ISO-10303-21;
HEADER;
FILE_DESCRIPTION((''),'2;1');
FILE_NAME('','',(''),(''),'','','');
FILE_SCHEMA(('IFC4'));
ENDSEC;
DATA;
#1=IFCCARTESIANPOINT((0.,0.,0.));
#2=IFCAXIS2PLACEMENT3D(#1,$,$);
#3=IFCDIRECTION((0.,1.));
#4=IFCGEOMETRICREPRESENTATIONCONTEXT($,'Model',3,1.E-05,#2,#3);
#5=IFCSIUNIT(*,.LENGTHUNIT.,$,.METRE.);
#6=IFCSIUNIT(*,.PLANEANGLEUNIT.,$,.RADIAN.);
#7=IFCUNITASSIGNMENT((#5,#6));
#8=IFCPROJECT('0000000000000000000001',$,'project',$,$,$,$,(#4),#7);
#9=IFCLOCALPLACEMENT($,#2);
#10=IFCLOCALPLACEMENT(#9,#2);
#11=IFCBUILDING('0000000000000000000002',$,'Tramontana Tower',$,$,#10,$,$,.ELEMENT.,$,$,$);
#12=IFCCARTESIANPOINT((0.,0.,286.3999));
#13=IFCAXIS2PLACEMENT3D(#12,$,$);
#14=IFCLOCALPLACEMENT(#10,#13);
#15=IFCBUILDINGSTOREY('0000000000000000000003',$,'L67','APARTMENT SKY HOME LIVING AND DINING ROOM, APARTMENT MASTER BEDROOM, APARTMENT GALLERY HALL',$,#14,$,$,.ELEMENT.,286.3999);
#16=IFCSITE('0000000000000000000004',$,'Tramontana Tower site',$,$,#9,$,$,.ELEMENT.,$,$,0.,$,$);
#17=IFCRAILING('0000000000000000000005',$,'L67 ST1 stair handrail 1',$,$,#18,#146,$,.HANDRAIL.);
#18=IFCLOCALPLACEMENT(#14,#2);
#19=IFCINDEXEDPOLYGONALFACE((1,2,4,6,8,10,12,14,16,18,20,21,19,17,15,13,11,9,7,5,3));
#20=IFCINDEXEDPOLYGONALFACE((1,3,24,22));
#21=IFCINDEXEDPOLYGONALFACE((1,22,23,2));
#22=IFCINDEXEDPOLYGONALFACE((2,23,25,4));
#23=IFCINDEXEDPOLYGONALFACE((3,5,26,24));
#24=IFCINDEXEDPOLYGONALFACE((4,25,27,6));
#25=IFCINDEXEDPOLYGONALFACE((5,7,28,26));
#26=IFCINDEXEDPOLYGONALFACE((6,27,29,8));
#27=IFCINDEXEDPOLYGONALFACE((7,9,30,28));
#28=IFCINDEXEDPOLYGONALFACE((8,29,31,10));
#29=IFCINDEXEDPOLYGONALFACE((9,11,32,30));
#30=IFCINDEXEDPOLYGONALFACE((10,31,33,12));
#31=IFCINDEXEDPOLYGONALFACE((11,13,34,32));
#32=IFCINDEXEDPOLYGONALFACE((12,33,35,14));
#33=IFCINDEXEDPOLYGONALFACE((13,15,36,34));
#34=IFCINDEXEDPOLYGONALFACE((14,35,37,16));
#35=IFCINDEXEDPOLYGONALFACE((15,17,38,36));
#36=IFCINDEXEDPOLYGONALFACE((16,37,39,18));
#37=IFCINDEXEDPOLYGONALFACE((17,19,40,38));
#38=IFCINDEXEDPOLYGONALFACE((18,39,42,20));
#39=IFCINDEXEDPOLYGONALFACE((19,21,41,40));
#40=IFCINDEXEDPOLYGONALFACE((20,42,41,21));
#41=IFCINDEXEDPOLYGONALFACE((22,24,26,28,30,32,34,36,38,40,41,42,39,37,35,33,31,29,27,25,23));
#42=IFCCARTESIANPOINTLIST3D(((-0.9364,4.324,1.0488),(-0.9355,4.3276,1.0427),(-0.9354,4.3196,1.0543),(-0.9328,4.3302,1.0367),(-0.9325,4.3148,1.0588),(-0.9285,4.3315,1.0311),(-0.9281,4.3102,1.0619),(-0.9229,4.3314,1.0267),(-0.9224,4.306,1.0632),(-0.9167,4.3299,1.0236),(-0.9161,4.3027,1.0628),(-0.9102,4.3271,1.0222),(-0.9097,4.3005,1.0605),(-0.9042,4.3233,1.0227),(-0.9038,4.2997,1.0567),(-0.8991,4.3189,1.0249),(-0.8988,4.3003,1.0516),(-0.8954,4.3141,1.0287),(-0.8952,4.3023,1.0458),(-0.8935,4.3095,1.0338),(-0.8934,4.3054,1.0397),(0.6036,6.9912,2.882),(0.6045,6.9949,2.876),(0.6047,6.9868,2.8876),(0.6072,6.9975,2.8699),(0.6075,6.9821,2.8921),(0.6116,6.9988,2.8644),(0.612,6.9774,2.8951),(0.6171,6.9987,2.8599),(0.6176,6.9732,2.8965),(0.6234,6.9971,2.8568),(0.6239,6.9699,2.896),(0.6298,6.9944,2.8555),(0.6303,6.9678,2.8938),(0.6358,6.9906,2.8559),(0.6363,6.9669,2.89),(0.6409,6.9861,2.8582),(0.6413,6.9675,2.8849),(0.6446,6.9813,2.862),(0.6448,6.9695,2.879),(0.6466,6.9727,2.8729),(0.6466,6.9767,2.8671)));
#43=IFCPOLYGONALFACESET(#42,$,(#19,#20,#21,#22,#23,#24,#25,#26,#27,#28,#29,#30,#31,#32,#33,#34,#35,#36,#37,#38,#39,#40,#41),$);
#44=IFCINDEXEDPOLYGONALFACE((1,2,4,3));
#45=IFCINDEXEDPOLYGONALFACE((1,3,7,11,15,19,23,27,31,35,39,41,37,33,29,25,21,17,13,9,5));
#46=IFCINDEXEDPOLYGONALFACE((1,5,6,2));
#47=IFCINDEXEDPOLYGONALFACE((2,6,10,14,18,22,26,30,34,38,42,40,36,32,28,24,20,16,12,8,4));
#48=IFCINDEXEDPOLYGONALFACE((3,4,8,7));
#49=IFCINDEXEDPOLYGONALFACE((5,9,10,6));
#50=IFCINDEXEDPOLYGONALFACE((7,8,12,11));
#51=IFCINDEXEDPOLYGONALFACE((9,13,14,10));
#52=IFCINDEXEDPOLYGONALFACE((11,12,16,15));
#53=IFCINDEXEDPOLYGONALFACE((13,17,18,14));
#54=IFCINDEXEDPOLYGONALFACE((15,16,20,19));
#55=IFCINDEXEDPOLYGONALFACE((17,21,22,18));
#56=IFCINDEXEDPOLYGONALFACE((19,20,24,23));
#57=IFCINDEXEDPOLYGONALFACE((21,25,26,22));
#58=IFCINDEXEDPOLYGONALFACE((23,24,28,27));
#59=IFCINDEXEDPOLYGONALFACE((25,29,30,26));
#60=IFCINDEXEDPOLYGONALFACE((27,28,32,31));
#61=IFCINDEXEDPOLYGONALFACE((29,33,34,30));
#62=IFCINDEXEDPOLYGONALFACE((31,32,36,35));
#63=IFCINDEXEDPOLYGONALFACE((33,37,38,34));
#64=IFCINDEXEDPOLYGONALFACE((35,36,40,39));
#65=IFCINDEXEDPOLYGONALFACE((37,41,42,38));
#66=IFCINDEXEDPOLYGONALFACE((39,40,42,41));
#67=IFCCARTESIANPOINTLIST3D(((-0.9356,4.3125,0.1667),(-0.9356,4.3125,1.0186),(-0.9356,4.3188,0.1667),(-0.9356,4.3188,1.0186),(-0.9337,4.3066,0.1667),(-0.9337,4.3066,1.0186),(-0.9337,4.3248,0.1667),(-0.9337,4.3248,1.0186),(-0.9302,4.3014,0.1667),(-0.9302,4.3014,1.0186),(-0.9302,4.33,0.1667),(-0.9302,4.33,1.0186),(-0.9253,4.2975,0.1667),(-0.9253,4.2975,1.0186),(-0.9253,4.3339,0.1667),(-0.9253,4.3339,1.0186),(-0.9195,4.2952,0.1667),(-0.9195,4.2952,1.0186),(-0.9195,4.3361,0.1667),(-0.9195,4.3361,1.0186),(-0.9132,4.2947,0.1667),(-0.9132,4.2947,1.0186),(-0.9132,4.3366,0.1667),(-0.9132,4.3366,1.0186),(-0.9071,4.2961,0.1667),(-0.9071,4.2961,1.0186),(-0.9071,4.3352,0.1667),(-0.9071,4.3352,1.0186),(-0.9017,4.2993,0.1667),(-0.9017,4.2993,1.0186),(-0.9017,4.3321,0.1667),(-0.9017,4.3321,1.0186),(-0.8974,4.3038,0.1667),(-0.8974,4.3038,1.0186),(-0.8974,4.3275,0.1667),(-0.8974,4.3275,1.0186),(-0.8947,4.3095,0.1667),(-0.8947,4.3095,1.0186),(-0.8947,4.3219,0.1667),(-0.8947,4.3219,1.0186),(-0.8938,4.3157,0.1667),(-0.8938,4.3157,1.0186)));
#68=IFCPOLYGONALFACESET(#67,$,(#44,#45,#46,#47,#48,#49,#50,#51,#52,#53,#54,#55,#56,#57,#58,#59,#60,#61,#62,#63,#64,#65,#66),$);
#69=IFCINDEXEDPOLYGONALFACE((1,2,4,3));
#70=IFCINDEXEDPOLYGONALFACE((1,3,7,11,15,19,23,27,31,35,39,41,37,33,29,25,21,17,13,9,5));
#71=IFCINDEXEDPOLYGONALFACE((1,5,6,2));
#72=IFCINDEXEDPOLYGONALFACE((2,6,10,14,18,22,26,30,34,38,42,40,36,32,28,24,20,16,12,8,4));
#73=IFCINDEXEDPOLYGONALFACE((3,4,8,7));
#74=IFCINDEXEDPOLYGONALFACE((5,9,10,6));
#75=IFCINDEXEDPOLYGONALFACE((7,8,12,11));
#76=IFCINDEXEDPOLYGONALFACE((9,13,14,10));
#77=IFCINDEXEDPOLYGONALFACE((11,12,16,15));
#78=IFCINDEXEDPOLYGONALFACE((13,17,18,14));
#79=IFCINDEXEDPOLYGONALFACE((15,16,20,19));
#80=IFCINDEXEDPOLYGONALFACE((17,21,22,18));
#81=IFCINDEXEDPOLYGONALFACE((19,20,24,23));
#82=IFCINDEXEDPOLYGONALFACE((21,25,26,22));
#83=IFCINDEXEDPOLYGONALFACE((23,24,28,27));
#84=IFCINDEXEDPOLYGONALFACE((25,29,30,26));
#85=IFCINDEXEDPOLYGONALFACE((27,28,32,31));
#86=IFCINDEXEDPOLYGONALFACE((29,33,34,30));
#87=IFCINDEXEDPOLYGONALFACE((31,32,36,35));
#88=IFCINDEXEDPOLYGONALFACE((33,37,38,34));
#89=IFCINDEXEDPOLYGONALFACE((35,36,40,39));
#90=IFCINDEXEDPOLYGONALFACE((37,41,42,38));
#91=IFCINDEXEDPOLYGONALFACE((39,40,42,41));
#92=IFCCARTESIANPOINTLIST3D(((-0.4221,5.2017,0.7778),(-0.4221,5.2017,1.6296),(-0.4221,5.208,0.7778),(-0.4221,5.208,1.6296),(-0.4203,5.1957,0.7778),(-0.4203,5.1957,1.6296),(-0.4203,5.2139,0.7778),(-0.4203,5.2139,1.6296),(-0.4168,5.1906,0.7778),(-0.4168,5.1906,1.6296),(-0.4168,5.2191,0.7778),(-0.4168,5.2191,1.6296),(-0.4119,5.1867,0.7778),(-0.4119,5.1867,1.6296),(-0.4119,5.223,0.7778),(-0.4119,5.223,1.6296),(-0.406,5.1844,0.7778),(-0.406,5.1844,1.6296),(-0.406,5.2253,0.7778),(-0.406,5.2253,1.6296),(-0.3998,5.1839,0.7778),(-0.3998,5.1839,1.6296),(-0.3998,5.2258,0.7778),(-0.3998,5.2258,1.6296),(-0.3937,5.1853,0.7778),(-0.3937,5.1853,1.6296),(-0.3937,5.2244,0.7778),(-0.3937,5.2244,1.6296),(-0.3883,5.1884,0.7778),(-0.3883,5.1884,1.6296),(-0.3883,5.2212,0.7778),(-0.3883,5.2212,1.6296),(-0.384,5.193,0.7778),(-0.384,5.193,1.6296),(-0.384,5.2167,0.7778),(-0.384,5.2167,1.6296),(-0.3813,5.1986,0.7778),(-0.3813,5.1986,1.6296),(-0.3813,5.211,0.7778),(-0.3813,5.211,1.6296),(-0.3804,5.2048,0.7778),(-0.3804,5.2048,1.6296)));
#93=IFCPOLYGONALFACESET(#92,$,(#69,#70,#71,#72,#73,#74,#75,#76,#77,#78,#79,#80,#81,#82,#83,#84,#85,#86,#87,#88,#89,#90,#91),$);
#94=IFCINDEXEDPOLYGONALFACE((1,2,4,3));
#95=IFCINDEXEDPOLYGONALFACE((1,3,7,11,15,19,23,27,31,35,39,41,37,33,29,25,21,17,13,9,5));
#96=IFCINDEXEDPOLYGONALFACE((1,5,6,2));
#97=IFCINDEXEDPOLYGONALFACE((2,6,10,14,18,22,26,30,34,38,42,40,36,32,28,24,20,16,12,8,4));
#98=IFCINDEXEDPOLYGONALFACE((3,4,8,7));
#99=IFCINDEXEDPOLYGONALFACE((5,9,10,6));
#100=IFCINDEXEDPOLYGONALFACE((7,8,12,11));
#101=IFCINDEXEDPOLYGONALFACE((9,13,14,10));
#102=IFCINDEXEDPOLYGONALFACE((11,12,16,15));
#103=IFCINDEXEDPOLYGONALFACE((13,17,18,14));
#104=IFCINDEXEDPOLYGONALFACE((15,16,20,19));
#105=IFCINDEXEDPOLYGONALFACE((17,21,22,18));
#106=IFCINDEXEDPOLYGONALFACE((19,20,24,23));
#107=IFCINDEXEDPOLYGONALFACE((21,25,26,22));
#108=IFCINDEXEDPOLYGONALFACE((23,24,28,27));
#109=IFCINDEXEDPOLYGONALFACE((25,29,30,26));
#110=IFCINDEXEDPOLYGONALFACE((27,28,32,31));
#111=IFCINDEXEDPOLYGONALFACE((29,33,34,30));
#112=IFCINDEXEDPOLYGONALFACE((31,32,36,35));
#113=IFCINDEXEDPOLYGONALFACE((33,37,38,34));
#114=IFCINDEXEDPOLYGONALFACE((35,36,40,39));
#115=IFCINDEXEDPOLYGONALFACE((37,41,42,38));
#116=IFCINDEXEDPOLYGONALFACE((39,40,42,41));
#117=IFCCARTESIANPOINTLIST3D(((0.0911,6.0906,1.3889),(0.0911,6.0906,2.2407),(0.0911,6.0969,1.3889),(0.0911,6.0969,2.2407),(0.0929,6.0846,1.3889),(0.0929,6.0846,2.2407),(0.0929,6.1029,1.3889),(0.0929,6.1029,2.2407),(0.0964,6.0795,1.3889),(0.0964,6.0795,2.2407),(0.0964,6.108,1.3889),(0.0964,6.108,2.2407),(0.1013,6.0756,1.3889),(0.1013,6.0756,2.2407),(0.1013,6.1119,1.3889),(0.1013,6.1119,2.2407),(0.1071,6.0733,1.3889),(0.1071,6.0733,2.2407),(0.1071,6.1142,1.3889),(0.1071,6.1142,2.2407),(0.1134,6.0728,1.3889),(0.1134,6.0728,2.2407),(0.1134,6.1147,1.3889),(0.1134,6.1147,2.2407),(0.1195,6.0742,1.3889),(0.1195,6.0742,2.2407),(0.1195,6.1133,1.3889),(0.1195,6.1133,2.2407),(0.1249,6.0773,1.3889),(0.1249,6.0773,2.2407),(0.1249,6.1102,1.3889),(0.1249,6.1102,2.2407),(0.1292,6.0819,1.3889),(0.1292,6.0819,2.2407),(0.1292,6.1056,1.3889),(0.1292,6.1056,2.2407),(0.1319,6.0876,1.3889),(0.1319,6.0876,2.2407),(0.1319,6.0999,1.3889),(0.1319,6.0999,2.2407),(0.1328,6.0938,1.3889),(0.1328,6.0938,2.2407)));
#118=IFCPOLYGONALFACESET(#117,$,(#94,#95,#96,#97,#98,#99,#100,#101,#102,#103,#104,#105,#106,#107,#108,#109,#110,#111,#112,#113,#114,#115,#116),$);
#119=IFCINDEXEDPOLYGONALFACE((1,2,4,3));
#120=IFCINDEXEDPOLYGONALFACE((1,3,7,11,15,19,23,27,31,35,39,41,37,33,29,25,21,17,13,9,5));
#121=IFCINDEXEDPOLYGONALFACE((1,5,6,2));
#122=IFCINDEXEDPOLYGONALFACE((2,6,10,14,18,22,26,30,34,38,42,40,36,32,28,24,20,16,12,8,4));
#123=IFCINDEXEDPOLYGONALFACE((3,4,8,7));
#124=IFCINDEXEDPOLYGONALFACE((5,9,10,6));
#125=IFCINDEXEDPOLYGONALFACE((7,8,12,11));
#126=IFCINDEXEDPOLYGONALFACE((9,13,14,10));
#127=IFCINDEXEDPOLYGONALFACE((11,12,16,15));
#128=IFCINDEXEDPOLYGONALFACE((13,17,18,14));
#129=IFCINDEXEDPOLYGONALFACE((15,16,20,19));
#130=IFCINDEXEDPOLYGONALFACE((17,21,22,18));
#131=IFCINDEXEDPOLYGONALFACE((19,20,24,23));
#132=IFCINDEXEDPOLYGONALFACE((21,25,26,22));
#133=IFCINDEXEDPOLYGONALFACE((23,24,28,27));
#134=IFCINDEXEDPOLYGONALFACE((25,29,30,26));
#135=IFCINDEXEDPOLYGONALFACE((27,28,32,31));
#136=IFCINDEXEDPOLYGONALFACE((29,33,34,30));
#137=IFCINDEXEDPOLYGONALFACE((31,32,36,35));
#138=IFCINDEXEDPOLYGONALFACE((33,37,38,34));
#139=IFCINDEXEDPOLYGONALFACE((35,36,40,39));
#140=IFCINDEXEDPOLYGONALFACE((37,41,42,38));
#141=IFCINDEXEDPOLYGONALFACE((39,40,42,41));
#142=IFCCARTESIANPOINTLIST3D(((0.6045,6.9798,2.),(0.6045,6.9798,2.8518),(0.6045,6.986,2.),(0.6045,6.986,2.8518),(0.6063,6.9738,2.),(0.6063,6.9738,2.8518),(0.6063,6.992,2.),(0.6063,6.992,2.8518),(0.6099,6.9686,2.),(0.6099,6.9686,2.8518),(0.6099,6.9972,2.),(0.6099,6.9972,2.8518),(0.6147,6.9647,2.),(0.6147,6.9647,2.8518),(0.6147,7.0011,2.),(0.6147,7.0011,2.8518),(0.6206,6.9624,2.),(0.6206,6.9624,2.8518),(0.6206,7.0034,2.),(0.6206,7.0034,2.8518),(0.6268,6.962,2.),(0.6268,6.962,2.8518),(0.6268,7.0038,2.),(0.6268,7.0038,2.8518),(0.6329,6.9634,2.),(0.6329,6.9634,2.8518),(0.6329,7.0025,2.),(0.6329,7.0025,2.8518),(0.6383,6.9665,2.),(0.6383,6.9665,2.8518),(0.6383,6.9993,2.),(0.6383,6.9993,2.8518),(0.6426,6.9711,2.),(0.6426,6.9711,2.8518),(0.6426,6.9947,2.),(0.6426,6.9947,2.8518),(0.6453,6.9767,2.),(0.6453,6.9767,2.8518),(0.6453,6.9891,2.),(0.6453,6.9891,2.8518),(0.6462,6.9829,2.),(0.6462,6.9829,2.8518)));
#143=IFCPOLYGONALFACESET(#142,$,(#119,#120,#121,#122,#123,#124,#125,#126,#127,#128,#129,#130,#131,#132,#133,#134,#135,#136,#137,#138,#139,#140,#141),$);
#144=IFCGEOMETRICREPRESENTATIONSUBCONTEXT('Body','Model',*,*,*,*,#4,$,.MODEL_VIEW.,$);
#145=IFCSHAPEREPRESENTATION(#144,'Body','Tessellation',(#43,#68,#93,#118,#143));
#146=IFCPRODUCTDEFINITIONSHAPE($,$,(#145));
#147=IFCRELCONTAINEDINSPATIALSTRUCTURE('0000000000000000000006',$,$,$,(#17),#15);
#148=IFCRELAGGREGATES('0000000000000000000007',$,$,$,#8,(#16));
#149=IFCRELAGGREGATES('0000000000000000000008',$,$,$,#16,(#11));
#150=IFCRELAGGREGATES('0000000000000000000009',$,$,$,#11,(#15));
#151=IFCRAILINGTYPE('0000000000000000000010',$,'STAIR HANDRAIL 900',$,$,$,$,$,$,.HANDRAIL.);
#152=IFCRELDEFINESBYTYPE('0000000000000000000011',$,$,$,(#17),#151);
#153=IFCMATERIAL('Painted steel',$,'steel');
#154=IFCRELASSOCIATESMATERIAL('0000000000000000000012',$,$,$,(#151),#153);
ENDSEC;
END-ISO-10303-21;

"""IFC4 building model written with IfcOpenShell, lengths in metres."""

from ifc_helpers import new_model, si_unit, direction, frame, origin, origin_2d, place, context, subcontext, project, spatial, circle, extrude, material, type_object, element, save


model = new_model("IFC4")

# Units and contexts
model_context = context("Model", 3, precision=1e-05, world=origin(), true_north=direction((0.0, 1.0)))
body_context = subcontext(model_context, "Body", "Model", "MODEL_VIEW")
ifc_project = project(units=[si_unit("LENGTHUNIT", "METRE"), si_unit("PLANEANGLEUNIT", "RADIAN")], contexts=[model_context])

# Site, building, storey
site_placement = place(None, origin())
site = spatial("IfcSite", under=ifc_project, at=site_placement, Name="Tramontana Tower site", CompositionType="ELEMENT", RefElevation=0.0)
building_placement = place(site_placement, origin())
building = spatial("IfcBuilding", under=site, at=building_placement, Name="Tramontana Tower", CompositionType="ELEMENT")
storey_placement = place(building_placement, frame((0.0, 0.0, 286.3999)))
storey = spatial("IfcBuildingStorey", under=building, at=storey_placement, Name="L67", Description="APARTMENT SKY HOME LIVING AND DINING ROOM, APARTMENT MASTER BEDROOM, APARTMENT GALLERY HALL", CompositionType="ELEMENT", Elevation=286.3999)

# Railing
ifc_material_1 = material(Name="Painted steel", Category="steel")
railing_type_1 = type_object("IfcRailingType", Name="STAIR HANDRAIL 900", PredefinedType="HANDRAIL", material=ifc_material_1)
railing_1_placement = place(storey_placement, frame((-0.9148, 4.3157, 0.1667)))
element("IfcRailing", 1, at=railing_1_placement, inside=storey, type_object=railing_type_1, Name="L67 ST1 stair handrail 1", PredefinedType="HANDRAIL", context=body_context, shape_type="SweptSolid", body=[
    extrude(circle(Radius=0.0239, at=origin_2d()), frame((0.0, 0.0, 0.876), z_axis=(0.429671, 0.744159, 0.511478), x_axis=(-0.86601, 0.500027, 0.0)), (0.0, 0.0, 1.0), 3.5842),
    extrude(circle(Radius=0.021, at=origin_2d()), origin(), (0.0, 0.0, 1.0), 0.8518),
    extrude(circle(Radius=0.021, at=origin_2d()), frame((0.5134, 0.8892, 0.6111)), (0.0, 0.0, 1.0), 0.8518),
    extrude(circle(Radius=0.021, at=origin_2d()), frame((1.0266, 1.7781, 1.2222)), (0.0, 0.0, 1.0), 0.8518),
    extrude(circle(Radius=0.021, at=origin_2d()), frame((1.54, 2.6672, 1.8333)), (0.0, 0.0, 1.0), 0.8518),
])

save(model, "model.ifc")
